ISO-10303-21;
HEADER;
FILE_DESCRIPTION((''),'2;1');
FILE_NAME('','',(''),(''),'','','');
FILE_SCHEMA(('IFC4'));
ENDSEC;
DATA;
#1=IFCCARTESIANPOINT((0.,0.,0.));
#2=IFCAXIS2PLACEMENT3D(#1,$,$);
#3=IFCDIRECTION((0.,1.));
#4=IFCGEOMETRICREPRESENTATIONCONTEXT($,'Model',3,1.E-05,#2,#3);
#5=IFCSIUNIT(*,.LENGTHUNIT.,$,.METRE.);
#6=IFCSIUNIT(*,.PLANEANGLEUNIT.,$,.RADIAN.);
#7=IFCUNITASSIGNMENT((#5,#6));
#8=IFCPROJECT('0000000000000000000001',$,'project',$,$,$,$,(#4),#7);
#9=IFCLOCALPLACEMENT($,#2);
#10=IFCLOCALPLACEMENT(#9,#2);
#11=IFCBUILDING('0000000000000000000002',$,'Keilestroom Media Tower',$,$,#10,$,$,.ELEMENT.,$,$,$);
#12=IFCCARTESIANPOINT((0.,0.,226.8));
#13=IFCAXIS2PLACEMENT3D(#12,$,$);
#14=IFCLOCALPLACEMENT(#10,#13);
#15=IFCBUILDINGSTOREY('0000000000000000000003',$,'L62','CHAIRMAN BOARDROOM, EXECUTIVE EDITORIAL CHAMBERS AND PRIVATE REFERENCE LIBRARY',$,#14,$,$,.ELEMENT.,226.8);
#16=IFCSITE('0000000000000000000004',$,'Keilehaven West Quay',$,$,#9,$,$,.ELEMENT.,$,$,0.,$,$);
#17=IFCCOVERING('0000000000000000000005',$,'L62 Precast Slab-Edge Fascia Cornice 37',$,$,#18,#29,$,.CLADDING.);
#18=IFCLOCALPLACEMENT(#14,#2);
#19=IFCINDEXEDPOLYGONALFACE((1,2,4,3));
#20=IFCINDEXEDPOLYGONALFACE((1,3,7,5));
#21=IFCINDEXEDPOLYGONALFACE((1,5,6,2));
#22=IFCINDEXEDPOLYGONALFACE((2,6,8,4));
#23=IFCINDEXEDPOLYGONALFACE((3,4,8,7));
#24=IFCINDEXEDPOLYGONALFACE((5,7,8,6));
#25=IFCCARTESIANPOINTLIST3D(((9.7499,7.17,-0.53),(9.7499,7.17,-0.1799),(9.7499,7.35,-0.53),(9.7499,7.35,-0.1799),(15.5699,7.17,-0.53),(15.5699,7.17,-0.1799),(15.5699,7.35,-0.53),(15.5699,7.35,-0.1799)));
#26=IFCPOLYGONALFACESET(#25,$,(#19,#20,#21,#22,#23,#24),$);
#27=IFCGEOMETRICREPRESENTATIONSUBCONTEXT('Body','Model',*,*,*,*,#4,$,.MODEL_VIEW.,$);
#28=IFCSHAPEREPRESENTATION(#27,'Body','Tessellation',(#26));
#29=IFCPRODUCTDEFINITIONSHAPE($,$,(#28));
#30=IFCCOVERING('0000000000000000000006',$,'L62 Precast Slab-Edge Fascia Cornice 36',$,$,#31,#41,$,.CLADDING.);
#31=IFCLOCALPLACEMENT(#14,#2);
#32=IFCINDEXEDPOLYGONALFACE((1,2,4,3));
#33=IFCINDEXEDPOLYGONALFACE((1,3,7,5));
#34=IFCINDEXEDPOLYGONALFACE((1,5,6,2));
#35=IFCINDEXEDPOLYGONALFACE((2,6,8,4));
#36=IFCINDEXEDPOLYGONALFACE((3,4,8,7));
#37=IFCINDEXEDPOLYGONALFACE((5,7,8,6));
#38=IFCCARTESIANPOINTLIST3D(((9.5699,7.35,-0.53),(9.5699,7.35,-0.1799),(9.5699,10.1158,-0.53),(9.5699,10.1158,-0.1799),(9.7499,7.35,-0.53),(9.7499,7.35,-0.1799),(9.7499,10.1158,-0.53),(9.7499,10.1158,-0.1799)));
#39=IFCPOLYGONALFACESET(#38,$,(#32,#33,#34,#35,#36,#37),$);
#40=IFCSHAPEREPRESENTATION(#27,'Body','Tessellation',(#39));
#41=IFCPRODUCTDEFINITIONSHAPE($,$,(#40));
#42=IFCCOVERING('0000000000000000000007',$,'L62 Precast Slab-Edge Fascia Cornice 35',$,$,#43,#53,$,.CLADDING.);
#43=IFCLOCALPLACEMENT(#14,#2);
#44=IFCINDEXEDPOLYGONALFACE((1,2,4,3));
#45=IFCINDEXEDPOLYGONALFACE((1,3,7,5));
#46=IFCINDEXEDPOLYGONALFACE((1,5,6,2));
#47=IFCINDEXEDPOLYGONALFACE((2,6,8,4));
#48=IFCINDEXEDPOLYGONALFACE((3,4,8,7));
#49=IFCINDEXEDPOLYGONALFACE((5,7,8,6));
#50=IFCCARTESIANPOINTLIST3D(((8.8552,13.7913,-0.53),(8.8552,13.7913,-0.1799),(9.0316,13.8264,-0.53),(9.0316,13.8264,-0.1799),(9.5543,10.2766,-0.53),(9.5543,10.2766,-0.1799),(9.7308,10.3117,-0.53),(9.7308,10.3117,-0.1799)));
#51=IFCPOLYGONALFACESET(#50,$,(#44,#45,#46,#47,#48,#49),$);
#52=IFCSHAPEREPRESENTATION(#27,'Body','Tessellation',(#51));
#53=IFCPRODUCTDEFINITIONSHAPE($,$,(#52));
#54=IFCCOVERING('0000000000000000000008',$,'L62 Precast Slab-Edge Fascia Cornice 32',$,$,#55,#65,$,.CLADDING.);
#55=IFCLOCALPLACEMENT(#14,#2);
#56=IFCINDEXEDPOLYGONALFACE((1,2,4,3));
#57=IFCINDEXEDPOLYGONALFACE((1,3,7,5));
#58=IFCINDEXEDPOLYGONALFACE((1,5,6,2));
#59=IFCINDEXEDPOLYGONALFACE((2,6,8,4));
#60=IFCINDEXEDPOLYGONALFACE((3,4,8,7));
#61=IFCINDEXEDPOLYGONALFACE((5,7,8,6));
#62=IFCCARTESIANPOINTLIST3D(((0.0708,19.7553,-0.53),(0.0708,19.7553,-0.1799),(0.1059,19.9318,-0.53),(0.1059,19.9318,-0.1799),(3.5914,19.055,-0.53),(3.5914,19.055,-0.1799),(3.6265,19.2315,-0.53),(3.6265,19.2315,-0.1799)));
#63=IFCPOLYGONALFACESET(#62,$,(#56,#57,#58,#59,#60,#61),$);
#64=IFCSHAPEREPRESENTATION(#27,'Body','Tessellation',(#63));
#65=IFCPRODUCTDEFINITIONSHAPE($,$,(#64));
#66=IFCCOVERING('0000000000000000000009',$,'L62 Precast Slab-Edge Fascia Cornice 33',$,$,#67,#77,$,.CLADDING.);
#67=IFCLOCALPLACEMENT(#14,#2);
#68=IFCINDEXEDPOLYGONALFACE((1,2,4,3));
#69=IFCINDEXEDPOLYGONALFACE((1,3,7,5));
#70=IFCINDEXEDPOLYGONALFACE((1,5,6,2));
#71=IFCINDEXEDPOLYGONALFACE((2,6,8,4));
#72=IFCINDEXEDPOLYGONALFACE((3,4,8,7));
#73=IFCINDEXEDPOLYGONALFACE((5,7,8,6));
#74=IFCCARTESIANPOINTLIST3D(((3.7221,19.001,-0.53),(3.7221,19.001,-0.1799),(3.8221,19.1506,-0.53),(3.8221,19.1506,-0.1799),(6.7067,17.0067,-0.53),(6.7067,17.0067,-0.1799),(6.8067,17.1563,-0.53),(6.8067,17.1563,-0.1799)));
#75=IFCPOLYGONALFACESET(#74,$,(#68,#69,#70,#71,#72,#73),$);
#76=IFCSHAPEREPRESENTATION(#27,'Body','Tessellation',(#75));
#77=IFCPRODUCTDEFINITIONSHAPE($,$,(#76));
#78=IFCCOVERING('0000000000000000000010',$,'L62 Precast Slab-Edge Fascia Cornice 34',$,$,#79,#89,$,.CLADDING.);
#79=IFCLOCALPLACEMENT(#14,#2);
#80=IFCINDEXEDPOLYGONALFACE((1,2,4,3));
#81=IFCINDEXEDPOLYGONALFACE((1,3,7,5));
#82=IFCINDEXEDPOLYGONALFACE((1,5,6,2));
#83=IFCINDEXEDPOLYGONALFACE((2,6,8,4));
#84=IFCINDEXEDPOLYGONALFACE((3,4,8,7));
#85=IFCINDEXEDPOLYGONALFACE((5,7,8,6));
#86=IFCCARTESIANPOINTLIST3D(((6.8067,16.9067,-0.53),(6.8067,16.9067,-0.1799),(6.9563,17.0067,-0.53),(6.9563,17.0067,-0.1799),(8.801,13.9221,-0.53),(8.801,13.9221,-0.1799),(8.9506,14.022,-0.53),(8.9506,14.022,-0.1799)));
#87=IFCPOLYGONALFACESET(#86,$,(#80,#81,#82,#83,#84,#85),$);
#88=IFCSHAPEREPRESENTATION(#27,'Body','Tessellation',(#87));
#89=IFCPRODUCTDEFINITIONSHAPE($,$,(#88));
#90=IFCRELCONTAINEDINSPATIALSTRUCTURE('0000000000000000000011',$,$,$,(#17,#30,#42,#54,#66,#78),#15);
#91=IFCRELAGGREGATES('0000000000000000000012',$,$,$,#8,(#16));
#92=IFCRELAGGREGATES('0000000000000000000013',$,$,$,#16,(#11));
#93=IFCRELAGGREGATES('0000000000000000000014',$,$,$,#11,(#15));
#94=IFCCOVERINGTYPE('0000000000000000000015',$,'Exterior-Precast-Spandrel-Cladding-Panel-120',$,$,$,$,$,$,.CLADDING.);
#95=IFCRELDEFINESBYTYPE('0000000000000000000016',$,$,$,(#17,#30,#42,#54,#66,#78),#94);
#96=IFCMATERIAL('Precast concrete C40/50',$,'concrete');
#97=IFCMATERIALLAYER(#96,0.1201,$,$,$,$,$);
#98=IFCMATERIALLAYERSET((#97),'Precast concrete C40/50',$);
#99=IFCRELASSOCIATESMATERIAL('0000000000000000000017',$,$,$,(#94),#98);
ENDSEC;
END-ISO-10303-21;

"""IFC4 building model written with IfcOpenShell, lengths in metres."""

from ifc_helpers import new_model, si_unit, direction, frame, origin, origin_2d, place, context, subcontext, project, spatial, rectangle, extrude, source, transform, mapped, material, layer, layer_set, type_object, element, save


model = new_model("IFC4")

# Units and contexts
model_context = context("Model", 3, precision=1e-05, world=origin(), true_north=direction((0.0, 1.0)))
body_context = subcontext(model_context, "Body", "Model", "MODEL_VIEW")
ifc_project = project(units=[si_unit("LENGTHUNIT", "METRE"), si_unit("PLANEANGLEUNIT", "RADIAN")], contexts=[model_context])

# Site, building, storey
site_placement = place(None, origin())
site = spatial("IfcSite", under=ifc_project, at=site_placement, Name="Keilehaven West Quay", CompositionType="ELEMENT", RefElevation=0.0)
building_placement = place(site_placement, origin())
building = spatial("IfcBuilding", under=site, at=building_placement, Name="Keilestroom Media Tower", CompositionType="ELEMENT")
storey_placement = place(building_placement, frame((0.0, 0.0, 226.8)))
storey = spatial("IfcBuildingStorey", under=building, at=storey_placement, Name="L62", Description="CHAIRMAN BOARDROOM, EXECUTIVE EDITORIAL CHAMBERS AND PRIVATE REFERENCE LIBRARY", CompositionType="ELEMENT", Elevation=226.8)

# Shared definitions
ifc_material_1 = material(Name="Precast concrete C40/50", Category="concrete")

# Coverings
ifc_layer_1 = layer(ifc_material_1, 0.1201)
ifc_layer_set_1 = layer_set([ifc_layer_1], Name="Precast concrete C40/50")
covering_type = type_object("IfcCoveringType", Name="Exterior-Precast-Spandrel-Cladding-Panel-120", PredefinedType="CLADDING", material=ifc_layer_set_1)
shared_shape_1 = source(origin(), body_context, "Body", "SweptSolid", [
    extrude(rectangle(XDim=5.8201, YDim=0.1799, at=origin_2d()), origin(), (0.0, 0.0, 1.0), 0.3501),
])
covering_1_placement = place(storey_placement, frame((12.6599, 7.26, -0.53), z_axis=(0.0, 0.0, 1.0), x_axis=(1.0, 0.0, 0.0)))
element("IfcCovering", 1, at=covering_1_placement, inside=storey, type_object=covering_type, Name="L62 Precast Slab-Edge Fascia Cornice 37", PredefinedType="CLADDING", context=body_context, shape_type="MappedRepresentation", body=[
    mapped(shared_shape_1, transform((0.0, 0.0, 0.0), x_axis=(1.0, 0.0, 0.0), y_axis=(0.0, 1.0, 0.0), z_axis=(0.0, 0.0, 1.0), scale=1.0)),
])
shared_shape_2 = source(origin(), body_context, "Body", "SweptSolid", [
    extrude(rectangle(XDim=2.7659, YDim=0.1799, at=origin_2d()), origin(), (0.0, 0.0, 1.0), 0.3501),
])
covering_2_placement = place(storey_placement, frame((9.6599, 8.7329, -0.53), z_axis=(0.0, 0.0, 1.0), x_axis=(0.0, -1.0, 0.0)))
element("IfcCovering", 2, at=covering_2_placement, inside=storey, type_object=covering_type, Name="L62 Precast Slab-Edge Fascia Cornice 36", PredefinedType="CLADDING", context=body_context, shape_type="MappedRepresentation", body=[
    mapped(shared_shape_2, transform((0.0, 0.0, 0.0), x_axis=(1.0, 0.0, 0.0), y_axis=(0.0, 1.0, 0.0), z_axis=(0.0, 0.0, 1.0), scale=1.0)),
])
shared_shape_3 = source(origin(), body_context, "Body", "SweptSolid", [
    extrude(rectangle(XDim=3.5835, YDim=0.1799, at=origin_2d()), origin(), (0.0, 0.0, 1.0), 0.3501),
])
covering_3_placement = place(storey_placement, frame((9.293, 12.0515, -0.53), z_axis=(0.0, 0.0, 1.0), x_axis=(0.195099, -0.980784, 0.0)))
element("IfcCovering", 3, at=covering_3_placement, inside=storey, type_object=covering_type, Name="L62 Precast Slab-Edge Fascia Cornice 35", PredefinedType="CLADDING", context=body_context, shape_type="MappedRepresentation", body=[
    mapped(shared_shape_3, transform((0.0, 0.0, 0.0), x_axis=(1.0, 0.0, 0.0), y_axis=(0.0, 1.0, 0.0), z_axis=(0.0, 0.0, 1.0), scale=1.0)),
])
shared_shape_4 = source(origin(), body_context, "Body", "SweptSolid", [
    extrude(rectangle(XDim=3.5896, YDim=0.1799, at=origin_2d()), origin(), (0.0, 0.0, 1.0), 0.3501),
])
for number, where, z_axis, x_axis, name in (
    (4, (1.8486, 19.4934, -0.53), (0.0, 0.0, 1.0), (0.980784, -0.195099, 0.0), "L62 Precast Slab-Edge Fascia Cornice 32"),
    (5, (5.2644, 18.0786, -0.53), (0.0, 0.0, 1.0), (0.831467, -0.555575, 0.0), "L62 Precast Slab-Edge Fascia Cornice 33"),
    (6, (7.8787, 15.4644, -0.53), (0.0, 0.0, 1.0), (0.555575, -0.831467, 0.0), "L62 Precast Slab-Edge Fascia Cornice 34"),
):
    element("IfcCovering", number, at=place(storey_placement, frame(where, z_axis=z_axis, x_axis=x_axis)), inside=storey, type_object=covering_type, Name=name, PredefinedType="CLADDING", context=body_context, shape_type="MappedRepresentation", body=[
        mapped(shared_shape_4, transform((0.0, 0.0, 0.0), x_axis=(1.0, 0.0, 0.0), y_axis=(0.0, 1.0, 0.0), z_axis=(0.0, 0.0, 1.0), scale=1.0)),
    ])

save(model, "model.ifc")
